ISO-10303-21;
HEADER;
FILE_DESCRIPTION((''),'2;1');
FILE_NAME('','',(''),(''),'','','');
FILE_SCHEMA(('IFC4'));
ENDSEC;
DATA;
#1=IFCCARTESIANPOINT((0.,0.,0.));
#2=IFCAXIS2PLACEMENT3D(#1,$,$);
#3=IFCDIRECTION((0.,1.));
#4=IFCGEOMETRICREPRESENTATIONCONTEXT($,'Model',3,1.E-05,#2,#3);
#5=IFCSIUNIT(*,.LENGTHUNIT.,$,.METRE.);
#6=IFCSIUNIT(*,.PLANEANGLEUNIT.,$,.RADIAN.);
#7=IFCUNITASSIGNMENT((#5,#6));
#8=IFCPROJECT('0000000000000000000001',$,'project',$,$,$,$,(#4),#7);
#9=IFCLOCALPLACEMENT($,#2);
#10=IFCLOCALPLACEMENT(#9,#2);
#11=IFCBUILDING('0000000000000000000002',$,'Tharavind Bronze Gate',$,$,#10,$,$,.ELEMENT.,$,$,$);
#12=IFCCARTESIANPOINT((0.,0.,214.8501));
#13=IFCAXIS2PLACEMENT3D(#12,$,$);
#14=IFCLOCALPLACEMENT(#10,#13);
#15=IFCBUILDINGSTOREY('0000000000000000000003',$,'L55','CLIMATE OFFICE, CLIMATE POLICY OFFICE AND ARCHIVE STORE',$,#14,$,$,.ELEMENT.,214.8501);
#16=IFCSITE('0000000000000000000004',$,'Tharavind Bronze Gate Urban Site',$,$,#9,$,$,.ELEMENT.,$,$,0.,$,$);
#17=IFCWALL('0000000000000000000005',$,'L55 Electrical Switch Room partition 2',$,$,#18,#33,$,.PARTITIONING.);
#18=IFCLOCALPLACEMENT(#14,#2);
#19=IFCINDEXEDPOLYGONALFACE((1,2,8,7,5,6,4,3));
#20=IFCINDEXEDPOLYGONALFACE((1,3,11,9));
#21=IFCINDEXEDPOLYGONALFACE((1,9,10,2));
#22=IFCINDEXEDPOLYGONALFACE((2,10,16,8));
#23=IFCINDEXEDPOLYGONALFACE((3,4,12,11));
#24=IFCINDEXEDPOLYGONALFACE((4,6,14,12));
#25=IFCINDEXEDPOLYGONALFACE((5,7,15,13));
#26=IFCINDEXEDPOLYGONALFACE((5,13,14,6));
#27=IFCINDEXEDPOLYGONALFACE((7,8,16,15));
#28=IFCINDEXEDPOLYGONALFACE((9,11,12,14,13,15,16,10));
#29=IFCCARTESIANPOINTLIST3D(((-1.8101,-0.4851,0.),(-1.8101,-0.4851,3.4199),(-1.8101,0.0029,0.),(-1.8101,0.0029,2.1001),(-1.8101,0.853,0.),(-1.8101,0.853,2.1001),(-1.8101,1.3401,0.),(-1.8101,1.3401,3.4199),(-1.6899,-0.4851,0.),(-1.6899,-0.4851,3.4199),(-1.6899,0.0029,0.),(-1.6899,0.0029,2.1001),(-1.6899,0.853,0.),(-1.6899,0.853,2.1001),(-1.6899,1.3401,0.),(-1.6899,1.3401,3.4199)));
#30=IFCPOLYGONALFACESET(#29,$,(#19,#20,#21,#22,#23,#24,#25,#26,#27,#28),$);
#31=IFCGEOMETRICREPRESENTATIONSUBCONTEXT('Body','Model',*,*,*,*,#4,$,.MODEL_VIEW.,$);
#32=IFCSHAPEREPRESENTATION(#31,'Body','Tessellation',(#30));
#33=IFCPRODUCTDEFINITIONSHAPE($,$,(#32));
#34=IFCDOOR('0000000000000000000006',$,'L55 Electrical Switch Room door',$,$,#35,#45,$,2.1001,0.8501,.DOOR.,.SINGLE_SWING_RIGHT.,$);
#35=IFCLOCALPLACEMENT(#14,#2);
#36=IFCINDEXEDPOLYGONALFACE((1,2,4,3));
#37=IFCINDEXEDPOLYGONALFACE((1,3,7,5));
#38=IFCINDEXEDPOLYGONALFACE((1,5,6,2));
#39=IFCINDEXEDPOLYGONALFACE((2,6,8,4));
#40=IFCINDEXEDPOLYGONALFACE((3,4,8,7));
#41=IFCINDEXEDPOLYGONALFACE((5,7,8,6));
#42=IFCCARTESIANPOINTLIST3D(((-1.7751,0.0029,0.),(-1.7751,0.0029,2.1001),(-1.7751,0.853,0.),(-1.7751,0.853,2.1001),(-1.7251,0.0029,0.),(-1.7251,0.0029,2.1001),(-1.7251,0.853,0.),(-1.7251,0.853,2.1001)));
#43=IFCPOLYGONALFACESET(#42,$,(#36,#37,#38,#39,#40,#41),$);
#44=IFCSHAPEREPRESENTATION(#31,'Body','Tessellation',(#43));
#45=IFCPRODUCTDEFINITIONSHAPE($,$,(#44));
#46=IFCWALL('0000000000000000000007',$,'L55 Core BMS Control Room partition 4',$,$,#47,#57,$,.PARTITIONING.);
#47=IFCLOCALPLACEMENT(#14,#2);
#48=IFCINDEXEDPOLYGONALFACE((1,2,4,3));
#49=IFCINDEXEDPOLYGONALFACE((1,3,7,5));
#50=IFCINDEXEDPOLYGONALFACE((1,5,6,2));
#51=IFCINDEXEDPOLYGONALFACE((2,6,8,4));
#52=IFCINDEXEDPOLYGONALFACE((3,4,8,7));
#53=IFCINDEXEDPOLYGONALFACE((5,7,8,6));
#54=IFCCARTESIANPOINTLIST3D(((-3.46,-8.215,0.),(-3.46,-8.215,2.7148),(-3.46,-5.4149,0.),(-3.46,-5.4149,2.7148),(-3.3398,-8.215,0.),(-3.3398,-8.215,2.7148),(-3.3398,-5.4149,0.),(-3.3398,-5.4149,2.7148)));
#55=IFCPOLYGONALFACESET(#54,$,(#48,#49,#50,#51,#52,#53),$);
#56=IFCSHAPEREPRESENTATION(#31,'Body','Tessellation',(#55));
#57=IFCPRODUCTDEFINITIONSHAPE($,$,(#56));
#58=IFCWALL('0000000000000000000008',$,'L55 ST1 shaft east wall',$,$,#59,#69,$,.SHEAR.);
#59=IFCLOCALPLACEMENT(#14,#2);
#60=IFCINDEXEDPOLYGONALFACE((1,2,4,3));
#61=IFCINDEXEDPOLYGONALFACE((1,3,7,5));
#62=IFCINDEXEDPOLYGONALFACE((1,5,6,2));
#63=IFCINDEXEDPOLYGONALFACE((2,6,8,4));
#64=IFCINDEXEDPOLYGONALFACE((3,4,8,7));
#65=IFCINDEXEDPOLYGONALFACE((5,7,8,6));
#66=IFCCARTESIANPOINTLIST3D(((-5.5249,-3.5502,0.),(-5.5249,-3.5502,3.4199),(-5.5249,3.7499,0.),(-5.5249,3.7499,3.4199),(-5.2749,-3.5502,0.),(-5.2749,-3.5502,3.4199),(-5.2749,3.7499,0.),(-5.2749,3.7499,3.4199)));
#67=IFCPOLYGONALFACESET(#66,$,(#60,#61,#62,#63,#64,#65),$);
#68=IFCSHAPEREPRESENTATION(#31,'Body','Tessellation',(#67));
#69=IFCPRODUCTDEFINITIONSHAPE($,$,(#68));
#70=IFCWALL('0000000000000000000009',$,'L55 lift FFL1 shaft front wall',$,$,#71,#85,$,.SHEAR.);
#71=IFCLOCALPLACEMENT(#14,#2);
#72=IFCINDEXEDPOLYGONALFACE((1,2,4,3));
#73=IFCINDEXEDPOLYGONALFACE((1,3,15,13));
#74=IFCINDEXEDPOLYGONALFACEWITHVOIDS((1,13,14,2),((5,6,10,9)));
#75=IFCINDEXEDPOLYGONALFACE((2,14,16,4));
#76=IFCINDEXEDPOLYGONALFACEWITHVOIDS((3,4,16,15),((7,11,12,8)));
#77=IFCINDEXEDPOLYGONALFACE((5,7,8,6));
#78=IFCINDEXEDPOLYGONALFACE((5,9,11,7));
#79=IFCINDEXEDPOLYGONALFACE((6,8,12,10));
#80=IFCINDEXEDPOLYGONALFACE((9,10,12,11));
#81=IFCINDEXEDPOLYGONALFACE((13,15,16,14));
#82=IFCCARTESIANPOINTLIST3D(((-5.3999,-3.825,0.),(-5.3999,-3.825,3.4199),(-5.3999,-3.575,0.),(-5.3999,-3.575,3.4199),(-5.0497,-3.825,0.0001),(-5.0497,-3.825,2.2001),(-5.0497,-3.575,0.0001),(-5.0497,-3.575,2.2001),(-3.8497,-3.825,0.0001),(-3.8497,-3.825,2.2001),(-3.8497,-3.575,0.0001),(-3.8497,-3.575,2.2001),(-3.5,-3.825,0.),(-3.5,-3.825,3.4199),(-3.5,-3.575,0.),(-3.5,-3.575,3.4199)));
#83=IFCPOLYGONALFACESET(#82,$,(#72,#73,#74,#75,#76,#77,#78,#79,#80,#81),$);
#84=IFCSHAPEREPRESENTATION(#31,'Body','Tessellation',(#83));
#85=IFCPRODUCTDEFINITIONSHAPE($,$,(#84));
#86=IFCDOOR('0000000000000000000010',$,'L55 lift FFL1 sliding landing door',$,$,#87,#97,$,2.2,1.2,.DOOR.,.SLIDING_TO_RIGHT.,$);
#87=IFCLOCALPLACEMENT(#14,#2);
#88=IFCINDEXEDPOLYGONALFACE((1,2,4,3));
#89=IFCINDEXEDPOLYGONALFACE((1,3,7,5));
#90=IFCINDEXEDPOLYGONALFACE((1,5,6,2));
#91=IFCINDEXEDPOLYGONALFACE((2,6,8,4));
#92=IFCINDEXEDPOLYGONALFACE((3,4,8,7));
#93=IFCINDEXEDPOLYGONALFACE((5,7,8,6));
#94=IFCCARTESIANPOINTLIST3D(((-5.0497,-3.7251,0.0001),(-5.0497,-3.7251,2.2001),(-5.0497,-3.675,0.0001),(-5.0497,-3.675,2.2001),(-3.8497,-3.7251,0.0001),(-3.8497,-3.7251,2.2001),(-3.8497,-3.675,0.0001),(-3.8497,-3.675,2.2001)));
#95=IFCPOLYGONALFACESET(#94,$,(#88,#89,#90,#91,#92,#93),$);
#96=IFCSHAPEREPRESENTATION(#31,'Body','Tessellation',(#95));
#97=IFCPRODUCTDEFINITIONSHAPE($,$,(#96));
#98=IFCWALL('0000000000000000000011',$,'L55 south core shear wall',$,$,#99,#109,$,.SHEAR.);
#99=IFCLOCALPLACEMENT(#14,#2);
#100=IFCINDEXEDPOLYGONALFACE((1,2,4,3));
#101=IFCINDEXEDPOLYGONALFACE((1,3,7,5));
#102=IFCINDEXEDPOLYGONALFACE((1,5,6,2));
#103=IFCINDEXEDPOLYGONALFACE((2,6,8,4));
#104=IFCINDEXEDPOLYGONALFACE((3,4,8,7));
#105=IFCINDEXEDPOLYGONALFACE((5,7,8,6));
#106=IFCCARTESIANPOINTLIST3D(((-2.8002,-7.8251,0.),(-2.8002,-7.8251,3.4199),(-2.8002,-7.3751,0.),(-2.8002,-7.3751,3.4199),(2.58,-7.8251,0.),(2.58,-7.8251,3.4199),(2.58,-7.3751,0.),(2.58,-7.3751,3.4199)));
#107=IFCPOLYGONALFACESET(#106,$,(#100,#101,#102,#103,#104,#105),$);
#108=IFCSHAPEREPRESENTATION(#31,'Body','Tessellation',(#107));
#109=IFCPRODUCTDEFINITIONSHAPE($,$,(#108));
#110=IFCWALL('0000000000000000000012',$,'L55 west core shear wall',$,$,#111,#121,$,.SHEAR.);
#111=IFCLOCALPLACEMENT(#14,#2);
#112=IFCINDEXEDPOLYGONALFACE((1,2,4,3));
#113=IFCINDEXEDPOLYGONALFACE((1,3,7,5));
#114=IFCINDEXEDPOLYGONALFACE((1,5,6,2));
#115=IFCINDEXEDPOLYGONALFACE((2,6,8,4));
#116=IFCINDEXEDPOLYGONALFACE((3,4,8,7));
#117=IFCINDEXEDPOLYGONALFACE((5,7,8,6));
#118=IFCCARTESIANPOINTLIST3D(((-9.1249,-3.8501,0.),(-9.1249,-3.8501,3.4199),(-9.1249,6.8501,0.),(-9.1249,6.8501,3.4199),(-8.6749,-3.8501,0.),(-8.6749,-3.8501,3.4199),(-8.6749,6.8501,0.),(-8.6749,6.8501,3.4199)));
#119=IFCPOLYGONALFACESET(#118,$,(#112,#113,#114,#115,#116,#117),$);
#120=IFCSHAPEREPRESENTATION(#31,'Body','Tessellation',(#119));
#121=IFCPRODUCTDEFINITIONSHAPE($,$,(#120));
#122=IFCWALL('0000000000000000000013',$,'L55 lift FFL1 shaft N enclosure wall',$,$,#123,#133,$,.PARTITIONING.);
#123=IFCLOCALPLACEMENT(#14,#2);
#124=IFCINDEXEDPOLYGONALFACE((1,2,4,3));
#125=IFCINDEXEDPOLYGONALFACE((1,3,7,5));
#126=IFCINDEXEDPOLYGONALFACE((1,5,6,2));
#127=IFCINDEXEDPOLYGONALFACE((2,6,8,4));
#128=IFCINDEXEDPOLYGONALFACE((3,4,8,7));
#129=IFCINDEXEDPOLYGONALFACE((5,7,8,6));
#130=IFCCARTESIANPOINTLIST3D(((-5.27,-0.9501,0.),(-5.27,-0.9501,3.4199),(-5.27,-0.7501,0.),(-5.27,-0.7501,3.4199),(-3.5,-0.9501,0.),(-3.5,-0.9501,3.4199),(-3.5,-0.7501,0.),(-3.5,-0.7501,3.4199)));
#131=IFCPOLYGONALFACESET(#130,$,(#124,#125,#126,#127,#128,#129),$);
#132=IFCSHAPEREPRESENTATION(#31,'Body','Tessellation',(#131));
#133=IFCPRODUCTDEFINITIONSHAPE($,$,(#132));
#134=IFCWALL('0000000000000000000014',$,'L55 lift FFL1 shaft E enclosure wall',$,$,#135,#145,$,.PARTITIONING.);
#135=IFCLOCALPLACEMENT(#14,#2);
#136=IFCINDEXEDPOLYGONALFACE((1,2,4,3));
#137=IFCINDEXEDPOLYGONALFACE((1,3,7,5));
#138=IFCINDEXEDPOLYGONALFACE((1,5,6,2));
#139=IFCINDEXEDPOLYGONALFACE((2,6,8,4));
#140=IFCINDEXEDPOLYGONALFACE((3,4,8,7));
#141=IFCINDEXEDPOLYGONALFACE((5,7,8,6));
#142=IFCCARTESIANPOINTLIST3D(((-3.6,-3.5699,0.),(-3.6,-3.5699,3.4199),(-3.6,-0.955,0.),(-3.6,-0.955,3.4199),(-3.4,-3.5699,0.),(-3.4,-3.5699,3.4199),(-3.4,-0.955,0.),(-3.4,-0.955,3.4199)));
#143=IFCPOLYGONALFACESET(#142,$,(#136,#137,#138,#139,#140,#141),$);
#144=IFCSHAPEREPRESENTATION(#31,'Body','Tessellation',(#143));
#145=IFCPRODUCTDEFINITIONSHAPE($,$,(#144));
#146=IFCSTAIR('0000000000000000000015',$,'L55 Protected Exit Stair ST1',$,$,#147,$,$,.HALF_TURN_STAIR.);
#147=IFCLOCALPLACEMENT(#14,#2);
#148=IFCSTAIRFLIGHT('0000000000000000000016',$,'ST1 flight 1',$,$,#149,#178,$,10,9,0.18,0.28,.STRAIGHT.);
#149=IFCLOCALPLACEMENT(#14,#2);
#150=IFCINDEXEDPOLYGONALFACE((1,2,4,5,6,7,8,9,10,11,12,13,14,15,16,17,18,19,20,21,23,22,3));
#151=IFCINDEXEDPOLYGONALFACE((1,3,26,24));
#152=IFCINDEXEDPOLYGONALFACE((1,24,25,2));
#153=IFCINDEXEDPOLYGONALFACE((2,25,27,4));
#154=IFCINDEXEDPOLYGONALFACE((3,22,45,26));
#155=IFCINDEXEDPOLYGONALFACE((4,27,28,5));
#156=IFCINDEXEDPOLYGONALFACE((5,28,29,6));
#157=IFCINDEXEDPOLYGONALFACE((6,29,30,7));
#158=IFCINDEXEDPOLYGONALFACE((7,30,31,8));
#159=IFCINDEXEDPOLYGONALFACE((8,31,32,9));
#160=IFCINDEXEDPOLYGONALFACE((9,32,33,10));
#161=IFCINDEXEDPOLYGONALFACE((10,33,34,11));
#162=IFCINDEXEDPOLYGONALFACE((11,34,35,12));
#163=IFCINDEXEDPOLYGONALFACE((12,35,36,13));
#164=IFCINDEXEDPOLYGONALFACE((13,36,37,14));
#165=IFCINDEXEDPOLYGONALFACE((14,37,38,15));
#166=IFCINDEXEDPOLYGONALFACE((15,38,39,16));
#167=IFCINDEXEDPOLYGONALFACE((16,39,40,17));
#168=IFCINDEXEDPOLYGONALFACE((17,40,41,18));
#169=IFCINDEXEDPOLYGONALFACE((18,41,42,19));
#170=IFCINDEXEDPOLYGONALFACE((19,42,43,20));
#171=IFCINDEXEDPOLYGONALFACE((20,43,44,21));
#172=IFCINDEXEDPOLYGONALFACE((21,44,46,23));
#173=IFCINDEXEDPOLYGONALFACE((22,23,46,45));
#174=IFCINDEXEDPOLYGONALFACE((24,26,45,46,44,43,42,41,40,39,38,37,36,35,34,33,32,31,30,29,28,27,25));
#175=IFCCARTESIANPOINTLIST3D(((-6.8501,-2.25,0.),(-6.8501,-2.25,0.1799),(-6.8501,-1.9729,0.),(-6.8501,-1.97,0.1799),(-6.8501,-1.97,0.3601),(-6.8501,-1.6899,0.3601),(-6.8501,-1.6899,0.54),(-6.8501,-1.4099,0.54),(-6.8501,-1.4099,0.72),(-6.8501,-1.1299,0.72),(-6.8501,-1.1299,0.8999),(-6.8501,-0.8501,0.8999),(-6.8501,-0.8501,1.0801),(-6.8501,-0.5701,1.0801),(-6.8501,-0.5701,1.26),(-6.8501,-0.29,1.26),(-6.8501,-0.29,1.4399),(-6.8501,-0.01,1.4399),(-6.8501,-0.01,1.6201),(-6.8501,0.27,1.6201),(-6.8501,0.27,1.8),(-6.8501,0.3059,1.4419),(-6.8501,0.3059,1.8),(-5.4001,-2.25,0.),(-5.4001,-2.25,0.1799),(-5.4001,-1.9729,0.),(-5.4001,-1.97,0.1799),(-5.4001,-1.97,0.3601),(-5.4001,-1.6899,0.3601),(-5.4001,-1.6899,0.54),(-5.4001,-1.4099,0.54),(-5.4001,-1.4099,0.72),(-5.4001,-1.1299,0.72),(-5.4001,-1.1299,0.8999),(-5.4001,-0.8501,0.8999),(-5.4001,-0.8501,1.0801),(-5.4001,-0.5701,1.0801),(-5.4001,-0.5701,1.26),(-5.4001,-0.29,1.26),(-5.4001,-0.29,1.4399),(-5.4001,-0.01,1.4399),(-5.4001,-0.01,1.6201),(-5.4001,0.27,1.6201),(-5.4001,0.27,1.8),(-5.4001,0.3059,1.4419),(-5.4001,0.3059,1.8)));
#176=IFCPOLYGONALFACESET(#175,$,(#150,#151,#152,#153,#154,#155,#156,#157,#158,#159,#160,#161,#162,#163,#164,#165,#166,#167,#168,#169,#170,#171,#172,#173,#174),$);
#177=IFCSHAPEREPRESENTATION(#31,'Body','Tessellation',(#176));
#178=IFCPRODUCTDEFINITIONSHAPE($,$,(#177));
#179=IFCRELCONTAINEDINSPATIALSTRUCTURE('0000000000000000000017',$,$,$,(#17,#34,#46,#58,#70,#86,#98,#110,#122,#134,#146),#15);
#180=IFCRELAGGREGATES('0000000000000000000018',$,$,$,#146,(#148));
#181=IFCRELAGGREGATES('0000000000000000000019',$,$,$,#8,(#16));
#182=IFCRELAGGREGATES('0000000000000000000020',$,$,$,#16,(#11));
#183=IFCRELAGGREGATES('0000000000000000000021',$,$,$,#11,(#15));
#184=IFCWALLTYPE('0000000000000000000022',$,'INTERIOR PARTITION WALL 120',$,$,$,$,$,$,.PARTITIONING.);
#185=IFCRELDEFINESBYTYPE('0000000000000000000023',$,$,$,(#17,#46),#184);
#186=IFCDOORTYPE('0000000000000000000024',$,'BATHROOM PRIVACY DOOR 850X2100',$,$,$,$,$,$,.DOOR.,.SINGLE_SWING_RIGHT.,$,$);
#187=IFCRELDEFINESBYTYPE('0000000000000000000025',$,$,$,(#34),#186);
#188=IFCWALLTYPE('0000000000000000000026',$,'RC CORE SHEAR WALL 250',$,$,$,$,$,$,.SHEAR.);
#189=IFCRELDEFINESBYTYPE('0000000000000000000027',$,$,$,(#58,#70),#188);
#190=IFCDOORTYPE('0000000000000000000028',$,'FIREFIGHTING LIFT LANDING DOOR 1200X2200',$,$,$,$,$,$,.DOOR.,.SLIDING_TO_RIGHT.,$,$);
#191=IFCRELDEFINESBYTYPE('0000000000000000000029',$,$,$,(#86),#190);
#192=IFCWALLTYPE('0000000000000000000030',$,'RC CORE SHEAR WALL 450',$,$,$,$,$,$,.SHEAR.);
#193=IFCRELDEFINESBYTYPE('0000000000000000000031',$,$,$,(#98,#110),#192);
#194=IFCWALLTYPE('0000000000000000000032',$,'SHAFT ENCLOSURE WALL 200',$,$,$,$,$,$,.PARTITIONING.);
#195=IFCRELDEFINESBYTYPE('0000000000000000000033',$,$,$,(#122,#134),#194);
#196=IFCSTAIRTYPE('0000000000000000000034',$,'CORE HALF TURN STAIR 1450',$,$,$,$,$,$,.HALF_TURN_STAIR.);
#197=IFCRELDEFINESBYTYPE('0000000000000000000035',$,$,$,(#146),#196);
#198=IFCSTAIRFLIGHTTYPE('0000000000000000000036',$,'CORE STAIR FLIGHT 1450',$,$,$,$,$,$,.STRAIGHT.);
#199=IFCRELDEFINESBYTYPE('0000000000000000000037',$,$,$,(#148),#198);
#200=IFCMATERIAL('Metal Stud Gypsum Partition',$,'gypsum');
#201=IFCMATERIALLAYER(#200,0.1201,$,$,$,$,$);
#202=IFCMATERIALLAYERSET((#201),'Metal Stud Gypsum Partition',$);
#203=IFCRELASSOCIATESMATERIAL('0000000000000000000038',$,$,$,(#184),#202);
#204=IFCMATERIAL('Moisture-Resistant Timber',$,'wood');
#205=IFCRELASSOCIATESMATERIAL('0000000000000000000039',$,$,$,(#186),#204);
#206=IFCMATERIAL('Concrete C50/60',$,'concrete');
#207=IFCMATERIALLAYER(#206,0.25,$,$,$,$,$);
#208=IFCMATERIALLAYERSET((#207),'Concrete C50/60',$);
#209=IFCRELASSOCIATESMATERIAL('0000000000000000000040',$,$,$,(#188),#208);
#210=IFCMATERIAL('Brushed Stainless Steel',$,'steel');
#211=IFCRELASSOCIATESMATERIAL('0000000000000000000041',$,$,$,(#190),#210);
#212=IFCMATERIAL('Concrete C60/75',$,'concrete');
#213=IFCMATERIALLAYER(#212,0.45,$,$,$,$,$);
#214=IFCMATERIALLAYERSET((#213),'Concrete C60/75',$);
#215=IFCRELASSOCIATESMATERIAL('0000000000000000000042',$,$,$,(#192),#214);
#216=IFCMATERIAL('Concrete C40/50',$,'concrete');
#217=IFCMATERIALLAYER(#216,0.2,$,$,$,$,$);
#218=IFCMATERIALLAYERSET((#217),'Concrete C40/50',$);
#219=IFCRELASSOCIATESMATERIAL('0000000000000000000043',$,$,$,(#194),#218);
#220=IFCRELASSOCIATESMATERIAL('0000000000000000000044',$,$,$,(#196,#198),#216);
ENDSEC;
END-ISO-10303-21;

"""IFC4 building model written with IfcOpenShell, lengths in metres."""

from ifc_helpers import new_model, si_unit, direction, frame, frame_2d, origin, place, context, subcontext, project, spatial, polyline, rectangle, outline, extrude, material, layer, layer_set, type_object, element, fill, aggregate, save


model = new_model("IFC4")

# Units and contexts
model_context = context("Model", 3, precision=1e-05, world=origin(), true_north=direction((0.0, 1.0)))
body_context = subcontext(model_context, "Body", "Model", "MODEL_VIEW")
ifc_project = project(units=[si_unit("LENGTHUNIT", "METRE"), si_unit("PLANEANGLEUNIT", "RADIAN")], contexts=[model_context])

# Site, building, storey
site_placement = place(None, origin())
site = spatial("IfcSite", under=ifc_project, at=site_placement, Name="Tharavind Bronze Gate Urban Site", CompositionType="ELEMENT", RefElevation=0.0)
building_placement = place(site_placement, origin())
building = spatial("IfcBuilding", under=site, at=building_placement, Name="Tharavind Bronze Gate", CompositionType="ELEMENT")
storey_placement = place(building_placement, frame((0.0, 0.0, 214.8501)))
storey = spatial("IfcBuildingStorey", under=building, at=storey_placement, Name="L55", Description="CLIMATE OFFICE, CLIMATE POLICY OFFICE AND ARCHIVE STORE", CompositionType="ELEMENT", Elevation=214.8501)

# Shared definitions
ifc_material_1 = material(Name="Concrete C60/75", Category="concrete")

# Shared definitions
ifc_material_2 = material(Name="Concrete C40/50", Category="concrete")

# Shared definitions
ifc_material_3 = material(Name="Metal Stud Gypsum Partition", Category="gypsum")
ifc_layer_1 = layer(ifc_material_3, 0.1201)
ifc_layer_set_1 = layer_set([ifc_layer_1], Name="Metal Stud Gypsum Partition")
wall_type_1 = type_object("IfcWallType", Name="INTERIOR PARTITION WALL 120", PredefinedType="PARTITIONING", material=ifc_layer_set_1)

# Wall, opening, door
wall_1_placement = place(storey_placement, frame((-1.75, -0.4851, 0.0), z_axis=(0.0, 0.0, 1.0), x_axis=(0.0, 1.0, 0.0)))
wall_1 = element("IfcWall", 1, at=wall_1_placement, inside=storey, type_object=wall_type_1, Name="L55 Electrical Switch Room partition 2", PredefinedType="PARTITIONING", context=body_context, shape_type="SweptSolid", body=[
    extrude(rectangle(XDim=1.8252, YDim=0.1201, at=frame_2d((0.9126, 0.0))), origin(), (0.0, 0.0, 1.0), 3.4199),
])
opening_1_placement = place(wall_1_placement, frame((0.488, 0.0, 0.0)))
opening_1 = element("IfcOpeningElement", 2, at=opening_1_placement, cuts=wall_1, PredefinedType="OPENING", context=body_context, shape_type="SweptSolid", body=[
    extrude(rectangle(XDim=0.8501, YDim=2.1001, at=frame_2d((0.425, 1.05))), frame((0.0, 0.0701, 0.0), z_axis=(0.0, -1.0, 0.0), x_axis=(1.0, 0.0, 0.0)), (0.0, 0.0, 1.0), 0.1401),
])
ifc_material_4 = material(Name="Moisture-Resistant Timber", Category="wood")
door_type_1 = type_object("IfcDoorType", Name="BATHROOM PRIVACY DOOR 850X2100", OperationType="SINGLE_SWING_RIGHT", PredefinedType="DOOR", material=ifc_material_4)
door_1_placement = place(opening_1_placement, frame((0.8501, 0.0, 0.0), z_axis=(0.0, 0.0, 1.0), x_axis=(-1.0, 0.0, 0.0)))
door_1 = element("IfcDoor", 3, at=door_1_placement, inside=storey, type_object=door_type_1, Name="L55 Electrical Switch Room door", OperationType="SINGLE_SWING_RIGHT", OverallHeight=2.1001, OverallWidth=0.8501, PredefinedType="DOOR", context=body_context, shape_type="SweptSolid", body=[
    extrude(rectangle(XDim=0.8501, YDim=2.1001, at=frame_2d((0.425, 1.05))), frame((0.0, 0.0249, 0.0), z_axis=(0.0, -1.0, 0.0), x_axis=(1.0, 0.0, 0.0)), (0.0, 0.0, 1.0), 0.05),
])
fill(opening_1, door_1)

# Walls
wall_2_placement = place(storey_placement, frame((-3.3999, -5.415, 0.0), z_axis=(0.0, 0.0, 1.0), x_axis=(0.0, -1.0, 0.0)))
element("IfcWall", 4, at=wall_2_placement, inside=storey, type_object=wall_type_1, Name="L55 Core BMS Control Room partition 4", PredefinedType="PARTITIONING", context=body_context, shape_type="SweptSolid", body=[
    extrude(rectangle(XDim=2.8, YDim=0.1201, at=frame_2d((1.3999, 0.0))), origin(), (0.0, 0.0, 1.0), 2.7148),
])
ifc_material_5 = material(Name="Concrete C50/60", Category="concrete")
ifc_layer_2 = layer(ifc_material_5, 0.25)
ifc_layer_set_2 = layer_set([ifc_layer_2], Name="Concrete C50/60")
wall_type_2 = type_object("IfcWallType", Name="RC CORE SHEAR WALL 250", PredefinedType="SHEAR", material=ifc_layer_set_2)
wall_3_placement = place(storey_placement, frame((-5.3999, -3.55, 0.0), z_axis=(0.0, 0.0, 1.0), x_axis=(0.0, 1.0, 0.0)))
element("IfcWall", 5, at=wall_3_placement, inside=storey, type_object=wall_type_2, Name="L55 ST1 shaft east wall", PredefinedType="SHEAR", context=body_context, shape_type="SweptSolid", body=[
    extrude(rectangle(XDim=7.3, YDim=0.25, at=frame_2d((3.6499, 0.0))), origin(), (0.0, 0.0, 1.0), 3.4199),
])

# Wall, opening, door
wall_4_placement = place(storey_placement, frame((-5.3999, -3.7, 0.0), z_axis=(0.0, 0.0, 1.0), x_axis=(1.0, 0.0, 0.0)))
wall_4 = element("IfcWall", 6, at=wall_4_placement, inside=storey, type_object=wall_type_2, Name="L55 lift FFL1 shaft front wall", PredefinedType="SHEAR", context=body_context, shape_type="SweptSolid", body=[
    extrude(rectangle(XDim=1.8999, YDim=0.25, at=frame_2d((0.95, 0.0))), origin(), (0.0, 0.0, 1.0), 3.4199),
])
opening_2_placement = place(wall_4_placement, frame((0.3501, 0.0, 0.0)))
opening_2 = element("IfcOpeningElement", 7, at=opening_2_placement, cuts=wall_4, PredefinedType="OPENING", context=body_context, shape_type="SweptSolid", body=[
    extrude(rectangle(XDim=1.2, YDim=2.2, at=frame_2d((0.6001, 1.1001))), frame((0.0, 0.135, 0.0), z_axis=(0.0, -1.0, 0.0), x_axis=(1.0, 0.0, 0.0)), (0.0, 0.0, 1.0), 0.27),
])
ifc_material_6 = material(Name="Brushed Stainless Steel", Category="steel")
door_type_2 = type_object("IfcDoorType", Name="FIREFIGHTING LIFT LANDING DOOR 1200X2200", OperationType="SLIDING_TO_RIGHT", PredefinedType="DOOR", material=ifc_material_6)
door_2_placement = place(opening_2_placement, origin())
door_2 = element("IfcDoor", 8, at=door_2_placement, inside=storey, type_object=door_type_2, Name="L55 lift FFL1 sliding landing door", OperationType="SLIDING_TO_RIGHT", OverallHeight=2.2, OverallWidth=1.2, PredefinedType="DOOR", context=body_context, shape_type="SweptSolid", body=[
    extrude(rectangle(XDim=1.2, YDim=2.2, at=frame_2d((0.6001, 1.1001))), frame((0.0, 0.0249, 0.0), z_axis=(0.0, -1.0, 0.0), x_axis=(1.0, 0.0, 0.0)), (0.0, 0.0, 1.0), 0.05),
])
fill(opening_2, door_2)

# Walls
ifc_layer_3 = layer(ifc_material_1, 0.45)
ifc_layer_set_3 = layer_set([ifc_layer_3], Name="Concrete C60/75")
wall_type_3 = type_object("IfcWallType", Name="RC CORE SHEAR WALL 450", PredefinedType="SHEAR", material=ifc_layer_set_3)
wall_5_placement = place(storey_placement, frame((-2.8, -7.6001, 0.0), z_axis=(0.0, 0.0, 1.0), x_axis=(1.0, 0.0, 0.0)))
element("IfcWall", 9, at=wall_5_placement, inside=storey, type_object=wall_type_3, Name="L55 south core shear wall", PredefinedType="SHEAR", context=body_context, shape_type="SweptSolid", body=[
    extrude(rectangle(XDim=5.3801, YDim=0.45, at=frame_2d((2.6899, 0.0))), origin(), (0.0, 0.0, 1.0), 3.4199),
])
wall_6_placement = place(storey_placement, frame((-8.8999, -3.8501, 0.0), z_axis=(0.0, 0.0, 1.0), x_axis=(0.0, 1.0, 0.0)))
element("IfcWall", 10, at=wall_6_placement, inside=storey, type_object=wall_type_3, Name="L55 west core shear wall", PredefinedType="SHEAR", context=body_context, shape_type="SweptSolid", body=[
    extrude(rectangle(XDim=10.7002, YDim=0.45, at=frame_2d((5.3501, 0.0))), origin(), (0.0, 0.0, 1.0), 3.4199),
])
ifc_layer_4 = layer(ifc_material_2, 0.2)
ifc_layer_set_4 = layer_set([ifc_layer_4], Name="Concrete C40/50")
wall_type_4 = type_object("IfcWallType", Name="SHAFT ENCLOSURE WALL 200", PredefinedType="PARTITIONING", material=ifc_layer_set_4)
wall_7_placement = place(storey_placement, frame((-5.27, -0.8501, 0.0), z_axis=(0.0, 0.0, 1.0), x_axis=(1.0, 0.0, 0.0)))
element("IfcWall", 11, at=wall_7_placement, inside=storey, type_object=wall_type_4, Name="L55 lift FFL1 shaft N enclosure wall", PredefinedType="PARTITIONING", context=body_context, shape_type="SweptSolid", body=[
    extrude(rectangle(XDim=1.77, YDim=0.2, at=frame_2d((0.885, 0.0))), origin(), (0.0, 0.0, 1.0), 3.4199),
])
wall_8_placement = place(storey_placement, frame((-3.5, -3.5701, 0.0), z_axis=(0.0, 0.0, 1.0), x_axis=(0.0, 1.0, 0.0)))
element("IfcWall", 12, at=wall_8_placement, inside=storey, type_object=wall_type_4, Name="L55 lift FFL1 shaft E enclosure wall", PredefinedType="PARTITIONING", context=body_context, shape_type="SweptSolid", body=[
    extrude(rectangle(XDim=2.615, YDim=0.2, at=frame_2d((1.3076, 0.0))), origin(), (0.0, 0.0, 1.0), 3.4199),
])

# Stair, stair flight
stair_type = type_object("IfcStairType", Name="CORE HALF TURN STAIR 1450", PredefinedType="HALF_TURN_STAIR", material=ifc_material_2)
stair_placement = place(storey_placement, origin())
stair = element("IfcStair", 13, at=stair_placement, inside=storey, type_object=stair_type, Name="L55 Protected Exit Stair ST1", PredefinedType="HALF_TURN_STAIR")
stair_flight_type = type_object("IfcStairFlightType", Name="CORE STAIR FLIGHT 1450", PredefinedType="STRAIGHT", material=ifc_material_2)
stair_flight_placement = place(storey_placement, frame((-6.125, -2.25, 0.0), z_axis=(0.0, 0.0, 1.0), x_axis=(0.0, 1.0, 0.0)))
stair_flight = element("IfcStairFlight", 14, at=stair_flight_placement, type_object=stair_flight_type, Name="ST1 flight 1", NumberOfRisers=10, NumberOfTreads=9, PredefinedType="STRAIGHT", RiserHeight=0.18, TreadLength=0.28, context=body_context, shape_type="SweptSolid", body=[
    extrude(outline(polyline([(0.0, 0.0), (0.0, 0.1799), (0.28, 0.1799), (0.28, 0.3601), (0.5601, 0.3601), (0.5601, 0.54), (0.8401, 0.54), (0.8401, 0.72), (1.1201, 0.72), (1.1201, 0.8999), (1.3999, 0.8999), (1.3999, 1.0801), (1.6799, 1.0801), (1.6799, 1.26), (1.96, 1.26), (1.96, 1.4399), (2.24, 1.4399), (2.24, 1.6201), (2.52, 1.6201), (2.52, 1.8), (2.5559, 1.8), (2.5559, 1.4419), (0.2771, 0.0), (0.0, 0.0)])), frame((0.0, 0.7251, 0.0), z_axis=(0.0, -1.0, 0.0), x_axis=(1.0, 0.0, 0.0)), (0.0, 0.0, 1.0), 1.45),
])
aggregate(stair, [stair_flight])

save(model, "model.ifc")
